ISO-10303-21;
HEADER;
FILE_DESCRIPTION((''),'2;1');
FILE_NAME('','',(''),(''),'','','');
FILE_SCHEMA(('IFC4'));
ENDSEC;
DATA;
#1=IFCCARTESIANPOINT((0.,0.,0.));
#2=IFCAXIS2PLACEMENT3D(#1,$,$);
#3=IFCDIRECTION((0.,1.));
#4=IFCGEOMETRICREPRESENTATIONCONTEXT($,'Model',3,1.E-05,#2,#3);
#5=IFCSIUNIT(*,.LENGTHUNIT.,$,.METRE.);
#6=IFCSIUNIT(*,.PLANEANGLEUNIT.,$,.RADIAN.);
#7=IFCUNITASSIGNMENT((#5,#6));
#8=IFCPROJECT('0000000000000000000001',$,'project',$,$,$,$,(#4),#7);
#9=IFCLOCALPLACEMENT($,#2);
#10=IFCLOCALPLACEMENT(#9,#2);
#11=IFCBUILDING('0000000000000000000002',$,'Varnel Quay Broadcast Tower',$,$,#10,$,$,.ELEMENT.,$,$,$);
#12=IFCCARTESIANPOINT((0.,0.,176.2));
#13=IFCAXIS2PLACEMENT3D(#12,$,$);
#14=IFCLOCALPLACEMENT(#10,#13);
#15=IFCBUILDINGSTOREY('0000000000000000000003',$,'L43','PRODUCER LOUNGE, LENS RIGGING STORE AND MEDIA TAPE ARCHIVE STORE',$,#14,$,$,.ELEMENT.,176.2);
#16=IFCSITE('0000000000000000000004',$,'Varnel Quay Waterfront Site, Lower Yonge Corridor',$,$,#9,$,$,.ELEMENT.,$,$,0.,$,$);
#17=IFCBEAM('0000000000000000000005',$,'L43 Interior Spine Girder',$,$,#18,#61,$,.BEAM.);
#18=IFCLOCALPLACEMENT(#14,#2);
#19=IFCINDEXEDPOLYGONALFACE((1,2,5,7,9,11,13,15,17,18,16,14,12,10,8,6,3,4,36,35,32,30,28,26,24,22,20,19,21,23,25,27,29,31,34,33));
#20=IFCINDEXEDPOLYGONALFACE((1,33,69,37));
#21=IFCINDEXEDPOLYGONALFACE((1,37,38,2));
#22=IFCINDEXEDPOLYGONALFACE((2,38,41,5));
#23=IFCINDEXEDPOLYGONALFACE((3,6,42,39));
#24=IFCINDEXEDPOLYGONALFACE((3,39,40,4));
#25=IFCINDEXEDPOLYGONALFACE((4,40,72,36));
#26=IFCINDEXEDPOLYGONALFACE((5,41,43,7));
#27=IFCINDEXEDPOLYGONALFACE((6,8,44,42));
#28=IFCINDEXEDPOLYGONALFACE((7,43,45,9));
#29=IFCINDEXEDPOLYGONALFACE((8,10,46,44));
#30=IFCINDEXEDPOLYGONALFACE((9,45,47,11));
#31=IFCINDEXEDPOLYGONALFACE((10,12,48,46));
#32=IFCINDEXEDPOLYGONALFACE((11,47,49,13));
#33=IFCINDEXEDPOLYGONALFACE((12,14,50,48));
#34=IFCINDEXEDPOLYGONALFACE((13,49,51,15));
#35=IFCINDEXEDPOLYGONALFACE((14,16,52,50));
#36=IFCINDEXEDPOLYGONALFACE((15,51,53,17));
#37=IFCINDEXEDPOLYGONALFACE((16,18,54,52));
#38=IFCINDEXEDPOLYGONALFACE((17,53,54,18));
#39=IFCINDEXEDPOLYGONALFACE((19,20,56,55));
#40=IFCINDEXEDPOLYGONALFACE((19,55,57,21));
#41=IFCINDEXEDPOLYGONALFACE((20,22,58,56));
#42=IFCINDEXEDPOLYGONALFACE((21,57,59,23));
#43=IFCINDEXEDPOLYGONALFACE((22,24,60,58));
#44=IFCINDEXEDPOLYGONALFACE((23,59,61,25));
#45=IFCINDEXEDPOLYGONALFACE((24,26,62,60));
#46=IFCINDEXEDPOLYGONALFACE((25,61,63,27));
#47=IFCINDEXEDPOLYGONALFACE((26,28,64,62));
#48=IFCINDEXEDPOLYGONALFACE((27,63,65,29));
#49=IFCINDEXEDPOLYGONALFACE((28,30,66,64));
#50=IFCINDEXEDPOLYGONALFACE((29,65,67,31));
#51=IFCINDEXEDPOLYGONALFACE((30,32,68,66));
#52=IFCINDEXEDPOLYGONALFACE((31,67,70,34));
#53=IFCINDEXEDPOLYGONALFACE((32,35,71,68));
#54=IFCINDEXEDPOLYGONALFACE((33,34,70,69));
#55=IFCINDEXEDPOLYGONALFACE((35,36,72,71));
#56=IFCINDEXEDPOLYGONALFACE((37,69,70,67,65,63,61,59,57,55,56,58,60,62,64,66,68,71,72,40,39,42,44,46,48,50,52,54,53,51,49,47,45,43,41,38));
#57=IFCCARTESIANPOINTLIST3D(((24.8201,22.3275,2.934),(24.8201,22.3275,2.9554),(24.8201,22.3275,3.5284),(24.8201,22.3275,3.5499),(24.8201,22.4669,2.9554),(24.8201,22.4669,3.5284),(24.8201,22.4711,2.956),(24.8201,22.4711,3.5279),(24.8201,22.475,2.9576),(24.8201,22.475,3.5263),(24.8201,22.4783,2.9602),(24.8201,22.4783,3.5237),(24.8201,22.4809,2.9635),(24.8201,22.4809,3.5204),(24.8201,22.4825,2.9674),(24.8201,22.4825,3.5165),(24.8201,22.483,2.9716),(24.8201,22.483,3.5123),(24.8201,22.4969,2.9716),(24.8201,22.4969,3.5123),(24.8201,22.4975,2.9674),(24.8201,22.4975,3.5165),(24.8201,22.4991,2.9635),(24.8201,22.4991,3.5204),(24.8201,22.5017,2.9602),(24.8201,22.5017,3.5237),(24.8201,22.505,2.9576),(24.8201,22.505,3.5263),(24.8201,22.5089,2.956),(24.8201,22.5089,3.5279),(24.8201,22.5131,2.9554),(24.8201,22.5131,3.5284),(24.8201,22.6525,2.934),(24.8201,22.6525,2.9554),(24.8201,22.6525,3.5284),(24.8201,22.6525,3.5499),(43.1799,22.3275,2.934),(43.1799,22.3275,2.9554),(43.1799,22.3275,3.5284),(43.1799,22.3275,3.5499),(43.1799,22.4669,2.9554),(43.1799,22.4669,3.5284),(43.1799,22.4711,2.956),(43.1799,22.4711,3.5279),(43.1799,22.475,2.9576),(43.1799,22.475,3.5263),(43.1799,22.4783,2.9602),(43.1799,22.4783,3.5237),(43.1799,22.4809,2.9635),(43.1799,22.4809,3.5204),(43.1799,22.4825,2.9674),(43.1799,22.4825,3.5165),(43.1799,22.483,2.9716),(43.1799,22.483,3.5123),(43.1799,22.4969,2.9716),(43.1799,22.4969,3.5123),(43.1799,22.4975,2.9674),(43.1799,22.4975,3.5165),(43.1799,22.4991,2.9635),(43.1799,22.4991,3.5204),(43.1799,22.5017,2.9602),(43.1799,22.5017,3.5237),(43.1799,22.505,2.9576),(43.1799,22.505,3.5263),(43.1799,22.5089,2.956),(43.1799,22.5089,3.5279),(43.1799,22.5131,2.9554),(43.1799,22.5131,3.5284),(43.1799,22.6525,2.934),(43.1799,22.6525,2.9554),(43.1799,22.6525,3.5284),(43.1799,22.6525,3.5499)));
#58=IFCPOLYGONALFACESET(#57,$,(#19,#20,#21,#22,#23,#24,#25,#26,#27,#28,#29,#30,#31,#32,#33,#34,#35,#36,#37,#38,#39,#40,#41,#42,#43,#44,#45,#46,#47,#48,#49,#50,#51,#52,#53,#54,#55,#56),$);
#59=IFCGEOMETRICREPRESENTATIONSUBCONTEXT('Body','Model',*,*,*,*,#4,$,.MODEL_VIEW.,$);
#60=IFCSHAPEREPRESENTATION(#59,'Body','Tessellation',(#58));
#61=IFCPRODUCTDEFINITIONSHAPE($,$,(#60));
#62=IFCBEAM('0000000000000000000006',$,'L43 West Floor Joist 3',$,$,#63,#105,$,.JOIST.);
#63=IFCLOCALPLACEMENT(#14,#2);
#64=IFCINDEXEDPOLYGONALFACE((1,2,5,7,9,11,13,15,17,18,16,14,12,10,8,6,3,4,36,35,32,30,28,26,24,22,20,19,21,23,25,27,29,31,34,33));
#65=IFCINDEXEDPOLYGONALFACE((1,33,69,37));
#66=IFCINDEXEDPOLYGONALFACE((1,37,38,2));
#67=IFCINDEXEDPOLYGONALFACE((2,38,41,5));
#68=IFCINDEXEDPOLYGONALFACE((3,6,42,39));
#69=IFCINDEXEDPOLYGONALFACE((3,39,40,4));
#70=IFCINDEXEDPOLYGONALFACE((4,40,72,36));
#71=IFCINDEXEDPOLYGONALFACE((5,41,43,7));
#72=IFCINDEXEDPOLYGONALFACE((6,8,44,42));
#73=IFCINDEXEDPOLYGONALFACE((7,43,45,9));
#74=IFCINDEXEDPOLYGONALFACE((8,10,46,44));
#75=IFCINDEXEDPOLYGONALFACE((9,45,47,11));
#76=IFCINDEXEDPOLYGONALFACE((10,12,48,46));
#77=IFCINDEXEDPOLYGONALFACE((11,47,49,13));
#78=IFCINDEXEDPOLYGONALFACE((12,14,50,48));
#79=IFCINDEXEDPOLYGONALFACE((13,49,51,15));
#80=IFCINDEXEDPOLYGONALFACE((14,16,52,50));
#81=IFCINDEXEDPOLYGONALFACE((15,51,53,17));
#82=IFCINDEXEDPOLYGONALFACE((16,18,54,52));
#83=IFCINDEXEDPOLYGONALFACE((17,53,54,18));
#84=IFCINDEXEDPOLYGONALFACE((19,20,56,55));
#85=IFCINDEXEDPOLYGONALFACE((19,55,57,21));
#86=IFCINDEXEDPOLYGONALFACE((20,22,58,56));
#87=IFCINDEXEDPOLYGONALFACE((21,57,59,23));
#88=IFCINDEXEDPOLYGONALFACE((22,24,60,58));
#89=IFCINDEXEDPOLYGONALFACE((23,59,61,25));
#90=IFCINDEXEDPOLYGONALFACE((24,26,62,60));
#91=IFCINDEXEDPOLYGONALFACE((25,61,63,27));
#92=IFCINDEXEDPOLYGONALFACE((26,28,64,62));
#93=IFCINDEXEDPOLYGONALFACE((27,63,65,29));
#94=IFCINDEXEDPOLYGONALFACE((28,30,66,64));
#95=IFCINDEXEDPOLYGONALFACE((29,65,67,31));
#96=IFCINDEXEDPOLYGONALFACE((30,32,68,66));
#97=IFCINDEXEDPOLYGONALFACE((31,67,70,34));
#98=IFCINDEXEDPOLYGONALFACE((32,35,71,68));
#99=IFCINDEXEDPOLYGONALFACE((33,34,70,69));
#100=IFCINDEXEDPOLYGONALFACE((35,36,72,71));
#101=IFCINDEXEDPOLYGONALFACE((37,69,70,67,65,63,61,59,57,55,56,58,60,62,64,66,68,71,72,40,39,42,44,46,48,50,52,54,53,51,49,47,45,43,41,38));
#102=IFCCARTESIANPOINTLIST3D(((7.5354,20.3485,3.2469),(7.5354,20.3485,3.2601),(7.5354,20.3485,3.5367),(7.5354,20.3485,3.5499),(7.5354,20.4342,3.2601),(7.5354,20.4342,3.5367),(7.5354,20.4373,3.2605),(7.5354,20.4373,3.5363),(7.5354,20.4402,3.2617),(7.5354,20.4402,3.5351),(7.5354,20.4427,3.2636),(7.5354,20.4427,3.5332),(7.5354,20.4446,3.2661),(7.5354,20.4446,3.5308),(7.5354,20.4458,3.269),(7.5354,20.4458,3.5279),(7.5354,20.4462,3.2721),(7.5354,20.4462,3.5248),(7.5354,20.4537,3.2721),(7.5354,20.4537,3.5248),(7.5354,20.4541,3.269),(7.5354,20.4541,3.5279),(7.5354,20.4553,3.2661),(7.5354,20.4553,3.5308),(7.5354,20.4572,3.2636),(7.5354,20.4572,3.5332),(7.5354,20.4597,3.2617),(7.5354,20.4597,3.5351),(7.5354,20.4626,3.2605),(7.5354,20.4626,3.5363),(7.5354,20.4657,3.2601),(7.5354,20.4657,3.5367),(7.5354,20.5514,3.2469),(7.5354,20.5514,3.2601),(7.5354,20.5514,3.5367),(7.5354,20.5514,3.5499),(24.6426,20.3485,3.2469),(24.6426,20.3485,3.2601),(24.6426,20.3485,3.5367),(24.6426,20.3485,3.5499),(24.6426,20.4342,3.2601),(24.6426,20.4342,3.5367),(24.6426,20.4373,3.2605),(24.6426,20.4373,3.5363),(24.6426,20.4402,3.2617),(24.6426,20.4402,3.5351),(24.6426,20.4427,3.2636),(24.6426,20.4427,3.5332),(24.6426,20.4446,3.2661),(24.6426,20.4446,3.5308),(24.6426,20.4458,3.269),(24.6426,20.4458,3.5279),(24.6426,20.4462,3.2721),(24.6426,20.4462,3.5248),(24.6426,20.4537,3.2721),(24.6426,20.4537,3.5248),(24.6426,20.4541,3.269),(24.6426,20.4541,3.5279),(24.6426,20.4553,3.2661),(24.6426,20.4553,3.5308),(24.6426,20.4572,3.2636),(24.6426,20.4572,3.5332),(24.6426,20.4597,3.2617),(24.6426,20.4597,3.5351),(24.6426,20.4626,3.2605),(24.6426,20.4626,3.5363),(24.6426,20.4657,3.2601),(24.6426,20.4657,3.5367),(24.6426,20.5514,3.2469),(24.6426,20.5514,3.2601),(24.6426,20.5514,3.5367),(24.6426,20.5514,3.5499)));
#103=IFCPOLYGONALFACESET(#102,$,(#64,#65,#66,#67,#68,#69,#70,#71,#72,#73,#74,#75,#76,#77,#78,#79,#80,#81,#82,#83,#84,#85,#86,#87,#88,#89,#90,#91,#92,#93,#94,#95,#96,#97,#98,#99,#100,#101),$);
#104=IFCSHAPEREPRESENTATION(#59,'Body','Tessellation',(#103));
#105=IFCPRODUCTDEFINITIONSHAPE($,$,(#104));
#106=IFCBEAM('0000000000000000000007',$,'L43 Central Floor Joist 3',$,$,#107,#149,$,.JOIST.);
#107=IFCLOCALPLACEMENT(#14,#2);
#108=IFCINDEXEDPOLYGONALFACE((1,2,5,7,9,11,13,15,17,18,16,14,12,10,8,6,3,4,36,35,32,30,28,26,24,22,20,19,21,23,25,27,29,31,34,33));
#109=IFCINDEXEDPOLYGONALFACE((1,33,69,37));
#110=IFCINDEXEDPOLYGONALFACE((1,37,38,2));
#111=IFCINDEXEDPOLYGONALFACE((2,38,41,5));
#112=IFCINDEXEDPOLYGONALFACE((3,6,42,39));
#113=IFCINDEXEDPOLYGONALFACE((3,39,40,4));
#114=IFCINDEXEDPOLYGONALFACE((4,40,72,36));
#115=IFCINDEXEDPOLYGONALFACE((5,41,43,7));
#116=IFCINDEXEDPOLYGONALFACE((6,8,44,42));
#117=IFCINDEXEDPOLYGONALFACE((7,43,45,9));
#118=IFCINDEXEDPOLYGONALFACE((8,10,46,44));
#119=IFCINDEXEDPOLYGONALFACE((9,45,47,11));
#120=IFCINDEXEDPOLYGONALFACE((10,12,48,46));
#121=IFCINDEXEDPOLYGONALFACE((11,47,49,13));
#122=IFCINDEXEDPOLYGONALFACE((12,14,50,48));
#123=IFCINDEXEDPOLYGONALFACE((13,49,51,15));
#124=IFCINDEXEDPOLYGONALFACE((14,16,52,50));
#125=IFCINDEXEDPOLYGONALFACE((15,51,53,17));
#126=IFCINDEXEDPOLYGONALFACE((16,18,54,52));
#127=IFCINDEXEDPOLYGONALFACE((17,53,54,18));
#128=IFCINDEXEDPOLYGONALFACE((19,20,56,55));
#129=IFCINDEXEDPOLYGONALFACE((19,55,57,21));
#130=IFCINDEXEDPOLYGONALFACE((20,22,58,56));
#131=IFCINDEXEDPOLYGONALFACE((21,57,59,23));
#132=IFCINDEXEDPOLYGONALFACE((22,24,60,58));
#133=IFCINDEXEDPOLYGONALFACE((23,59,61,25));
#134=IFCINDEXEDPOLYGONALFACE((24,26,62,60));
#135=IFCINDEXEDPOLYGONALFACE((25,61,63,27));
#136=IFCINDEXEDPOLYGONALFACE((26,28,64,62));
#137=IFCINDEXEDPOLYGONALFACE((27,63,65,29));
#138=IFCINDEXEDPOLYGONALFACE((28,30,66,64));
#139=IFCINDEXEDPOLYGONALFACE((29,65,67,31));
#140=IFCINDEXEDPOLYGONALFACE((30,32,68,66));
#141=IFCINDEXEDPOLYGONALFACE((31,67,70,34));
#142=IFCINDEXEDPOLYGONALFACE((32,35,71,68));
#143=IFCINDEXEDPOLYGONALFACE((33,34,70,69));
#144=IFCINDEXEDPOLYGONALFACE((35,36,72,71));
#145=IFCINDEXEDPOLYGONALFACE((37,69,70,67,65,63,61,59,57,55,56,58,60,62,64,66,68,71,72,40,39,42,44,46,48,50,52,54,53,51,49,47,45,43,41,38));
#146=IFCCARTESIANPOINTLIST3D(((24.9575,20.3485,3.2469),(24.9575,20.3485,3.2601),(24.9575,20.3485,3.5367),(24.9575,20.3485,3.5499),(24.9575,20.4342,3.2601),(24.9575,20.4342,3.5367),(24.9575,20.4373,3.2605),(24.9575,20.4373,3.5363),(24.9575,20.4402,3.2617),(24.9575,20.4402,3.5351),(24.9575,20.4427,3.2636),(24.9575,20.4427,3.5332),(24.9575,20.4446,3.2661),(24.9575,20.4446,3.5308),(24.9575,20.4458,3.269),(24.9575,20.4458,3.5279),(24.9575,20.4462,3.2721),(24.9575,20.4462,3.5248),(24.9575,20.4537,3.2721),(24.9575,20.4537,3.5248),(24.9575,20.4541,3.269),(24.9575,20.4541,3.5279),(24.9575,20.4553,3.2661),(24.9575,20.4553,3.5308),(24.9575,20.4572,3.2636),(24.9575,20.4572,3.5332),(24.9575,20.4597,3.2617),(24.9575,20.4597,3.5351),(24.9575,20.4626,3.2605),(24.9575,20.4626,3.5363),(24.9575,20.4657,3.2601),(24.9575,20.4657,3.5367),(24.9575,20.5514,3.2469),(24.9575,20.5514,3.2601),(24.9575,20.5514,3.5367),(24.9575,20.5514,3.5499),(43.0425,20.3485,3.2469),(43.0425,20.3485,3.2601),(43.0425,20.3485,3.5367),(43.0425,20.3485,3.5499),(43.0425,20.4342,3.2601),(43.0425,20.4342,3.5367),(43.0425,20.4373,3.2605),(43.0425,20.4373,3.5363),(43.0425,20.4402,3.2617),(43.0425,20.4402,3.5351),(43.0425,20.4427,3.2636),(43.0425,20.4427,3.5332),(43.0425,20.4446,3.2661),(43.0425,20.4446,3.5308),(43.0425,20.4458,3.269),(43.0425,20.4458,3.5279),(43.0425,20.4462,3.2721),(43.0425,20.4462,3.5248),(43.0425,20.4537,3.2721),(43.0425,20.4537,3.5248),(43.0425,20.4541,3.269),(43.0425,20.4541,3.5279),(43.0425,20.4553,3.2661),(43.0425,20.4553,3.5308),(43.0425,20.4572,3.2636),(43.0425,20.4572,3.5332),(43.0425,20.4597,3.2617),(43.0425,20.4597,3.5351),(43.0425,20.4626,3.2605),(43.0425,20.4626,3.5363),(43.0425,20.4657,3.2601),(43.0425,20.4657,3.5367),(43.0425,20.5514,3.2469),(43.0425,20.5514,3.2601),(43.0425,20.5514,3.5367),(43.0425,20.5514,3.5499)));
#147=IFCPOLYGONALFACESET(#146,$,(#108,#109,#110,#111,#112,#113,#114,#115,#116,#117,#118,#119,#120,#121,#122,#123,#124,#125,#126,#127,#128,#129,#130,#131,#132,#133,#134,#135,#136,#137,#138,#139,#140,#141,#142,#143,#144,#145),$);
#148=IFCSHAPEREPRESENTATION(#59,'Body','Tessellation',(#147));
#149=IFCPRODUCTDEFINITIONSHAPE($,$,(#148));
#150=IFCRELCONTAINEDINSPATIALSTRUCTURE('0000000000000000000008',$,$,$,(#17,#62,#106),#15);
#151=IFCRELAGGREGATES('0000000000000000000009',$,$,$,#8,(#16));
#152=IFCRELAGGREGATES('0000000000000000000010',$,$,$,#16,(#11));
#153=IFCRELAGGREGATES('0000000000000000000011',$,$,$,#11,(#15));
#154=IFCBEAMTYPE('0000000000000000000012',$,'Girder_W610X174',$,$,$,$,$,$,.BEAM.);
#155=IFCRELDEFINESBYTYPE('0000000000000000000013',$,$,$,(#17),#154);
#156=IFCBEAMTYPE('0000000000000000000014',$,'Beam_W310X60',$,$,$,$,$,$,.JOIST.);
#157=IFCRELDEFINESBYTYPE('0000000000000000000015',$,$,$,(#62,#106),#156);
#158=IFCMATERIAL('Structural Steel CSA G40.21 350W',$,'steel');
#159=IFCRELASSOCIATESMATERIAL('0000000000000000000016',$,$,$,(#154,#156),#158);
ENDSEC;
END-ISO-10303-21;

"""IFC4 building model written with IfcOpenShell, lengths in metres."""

from ifc_helpers import new_model, si_unit, direction, frame, origin, origin_2d, place, context, subcontext, project, spatial, i_section, extrude, source, transform, mapped, material, material_profile, profile_set, type_object, type_shapes, element, save


model = new_model("IFC4")

# Units and contexts
model_context = context("Model", 3, precision=1e-05, world=origin(), true_north=direction((0.0, 1.0)))
body_context = subcontext(model_context, "Body", "Model", "MODEL_VIEW")
ifc_project = project(units=[si_unit("LENGTHUNIT", "METRE"), si_unit("PLANEANGLEUNIT", "RADIAN")], contexts=[model_context])

# Site, building, storey
site_placement = place(None, origin())
site = spatial("IfcSite", under=ifc_project, at=site_placement, Name="Varnel Quay Waterfront Site, Lower Yonge Corridor", CompositionType="ELEMENT", RefElevation=0.0)
building_placement = place(site_placement, origin())
building = spatial("IfcBuilding", under=site, at=building_placement, Name="Varnel Quay Broadcast Tower", CompositionType="ELEMENT")
storey_placement = place(building_placement, frame((0.0, 0.0, 176.2)))
storey = spatial("IfcBuildingStorey", under=building, at=storey_placement, Name="L43", Description="PRODUCER LOUNGE, LENS RIGGING STORE AND MEDIA TAPE ARCHIVE STORE", CompositionType="ELEMENT", Elevation=176.2)

# Shared definitions
ifc_material_1 = material(Name="Structural Steel CSA G40.21 350W", Category="steel")

# Beams
ifc_material_profile_1 = material_profile(ifc_material_1, i_section(OverallWidth=0.325, OverallDepth=0.616, WebThickness=0.0139, FlangeThickness=0.0215, FilletRadius=0.0161, at=origin_2d()), Name="W610X174")
ifc_profile_set_1 = profile_set([ifc_material_profile_1], Name="Structural Steel CSA G40.21 350W")
beam_type_1 = type_object("IfcBeamType", Name="Girder_W610X174", PredefinedType="BEAM", material=ifc_profile_set_1)
shared_shape_1 = source(origin(), body_context, "Body", "SweptSolid", [
    extrude(i_section(OverallWidth=0.325, OverallDepth=0.616, WebThickness=0.0139, FlangeThickness=0.0215, FilletRadius=0.0161, at=origin_2d()), origin(), (0.0, 0.0, 1.0), 18.3599),
])
beam_1_placement = place(storey_placement, frame((24.8201, 22.49, 3.2419), z_axis=(1.0, 0.0, 0.0), x_axis=(0.0, 1.0, 0.0)))
element("IfcBeam", 1, at=beam_1_placement, inside=storey, type_object=beam_type_1, Name="L43 Interior Spine Girder", PredefinedType="BEAM", context=body_context, shape_type="MappedRepresentation", body=[
    mapped(shared_shape_1, transform((0.0, 0.0, 0.0), x_axis=(1.0, 0.0, 0.0), y_axis=(0.0, 1.0, 0.0), z_axis=(0.0, 0.0, 1.0), scale=1.0)),
])
ifc_material_profile_2 = material_profile(ifc_material_1, i_section(OverallWidth=0.2029, OverallDepth=0.303, WebThickness=0.0076, FlangeThickness=0.0132, FilletRadius=0.012, at=origin_2d()), Name="W310X60")
ifc_profile_set_2 = profile_set([ifc_material_profile_2], Name="Structural Steel CSA G40.21 350W")
beam_type_2 = type_object("IfcBeamType", Name="Beam_W310X60", PredefinedType="JOIST", material=ifc_profile_set_2)
shared_shape_2 = source(origin(), body_context, "Body", "SweptSolid", [
    extrude(i_section(OverallWidth=0.2029, OverallDepth=0.303, WebThickness=0.0076, FlangeThickness=0.0132, FilletRadius=0.012, at=origin_2d()), origin(), (0.0, 0.0, 1.0), 17.1072),
])
beam_2_placement = place(storey_placement, frame((7.5354, 20.45, 3.3984), z_axis=(1.0, 0.0, 0.0), x_axis=(0.0, 1.0, 0.0)))
element("IfcBeam", 2, at=beam_2_placement, inside=storey, type_object=beam_type_2, Name="L43 West Floor Joist 3", PredefinedType="JOIST", context=body_context, shape_type="MappedRepresentation", body=[
    mapped(shared_shape_2, transform((0.0, 0.0, 0.0), x_axis=(1.0, 0.0, 0.0), y_axis=(0.0, 1.0, 0.0), z_axis=(0.0, 0.0, 1.0), scale=1.0)),
])
shared_shape_3 = source(origin(), body_context, "Body", "SweptSolid", [
    extrude(i_section(OverallWidth=0.2029, OverallDepth=0.303, WebThickness=0.0076, FlangeThickness=0.0132, FilletRadius=0.012, at=origin_2d()), origin(), (0.0, 0.0, 1.0), 18.085),
])
type_shapes(beam_type_2, [shared_shape_2, shared_shape_3])
beam_3_placement = place(storey_placement, frame((24.9575, 20.45, 3.3984), z_axis=(1.0, 0.0, 0.0), x_axis=(0.0, 1.0, 0.0)))
element("IfcBeam", 3, at=beam_3_placement, inside=storey, type_object=beam_type_2, Name="L43 Central Floor Joist 3", PredefinedType="JOIST", context=body_context, shape_type="MappedRepresentation", body=[
    mapped(shared_shape_3, transform((0.0, 0.0, 0.0), x_axis=(1.0, 0.0, 0.0), y_axis=(0.0, 1.0, 0.0), z_axis=(0.0, 0.0, 1.0), scale=1.0)),
])

save(model, "model.ifc")
